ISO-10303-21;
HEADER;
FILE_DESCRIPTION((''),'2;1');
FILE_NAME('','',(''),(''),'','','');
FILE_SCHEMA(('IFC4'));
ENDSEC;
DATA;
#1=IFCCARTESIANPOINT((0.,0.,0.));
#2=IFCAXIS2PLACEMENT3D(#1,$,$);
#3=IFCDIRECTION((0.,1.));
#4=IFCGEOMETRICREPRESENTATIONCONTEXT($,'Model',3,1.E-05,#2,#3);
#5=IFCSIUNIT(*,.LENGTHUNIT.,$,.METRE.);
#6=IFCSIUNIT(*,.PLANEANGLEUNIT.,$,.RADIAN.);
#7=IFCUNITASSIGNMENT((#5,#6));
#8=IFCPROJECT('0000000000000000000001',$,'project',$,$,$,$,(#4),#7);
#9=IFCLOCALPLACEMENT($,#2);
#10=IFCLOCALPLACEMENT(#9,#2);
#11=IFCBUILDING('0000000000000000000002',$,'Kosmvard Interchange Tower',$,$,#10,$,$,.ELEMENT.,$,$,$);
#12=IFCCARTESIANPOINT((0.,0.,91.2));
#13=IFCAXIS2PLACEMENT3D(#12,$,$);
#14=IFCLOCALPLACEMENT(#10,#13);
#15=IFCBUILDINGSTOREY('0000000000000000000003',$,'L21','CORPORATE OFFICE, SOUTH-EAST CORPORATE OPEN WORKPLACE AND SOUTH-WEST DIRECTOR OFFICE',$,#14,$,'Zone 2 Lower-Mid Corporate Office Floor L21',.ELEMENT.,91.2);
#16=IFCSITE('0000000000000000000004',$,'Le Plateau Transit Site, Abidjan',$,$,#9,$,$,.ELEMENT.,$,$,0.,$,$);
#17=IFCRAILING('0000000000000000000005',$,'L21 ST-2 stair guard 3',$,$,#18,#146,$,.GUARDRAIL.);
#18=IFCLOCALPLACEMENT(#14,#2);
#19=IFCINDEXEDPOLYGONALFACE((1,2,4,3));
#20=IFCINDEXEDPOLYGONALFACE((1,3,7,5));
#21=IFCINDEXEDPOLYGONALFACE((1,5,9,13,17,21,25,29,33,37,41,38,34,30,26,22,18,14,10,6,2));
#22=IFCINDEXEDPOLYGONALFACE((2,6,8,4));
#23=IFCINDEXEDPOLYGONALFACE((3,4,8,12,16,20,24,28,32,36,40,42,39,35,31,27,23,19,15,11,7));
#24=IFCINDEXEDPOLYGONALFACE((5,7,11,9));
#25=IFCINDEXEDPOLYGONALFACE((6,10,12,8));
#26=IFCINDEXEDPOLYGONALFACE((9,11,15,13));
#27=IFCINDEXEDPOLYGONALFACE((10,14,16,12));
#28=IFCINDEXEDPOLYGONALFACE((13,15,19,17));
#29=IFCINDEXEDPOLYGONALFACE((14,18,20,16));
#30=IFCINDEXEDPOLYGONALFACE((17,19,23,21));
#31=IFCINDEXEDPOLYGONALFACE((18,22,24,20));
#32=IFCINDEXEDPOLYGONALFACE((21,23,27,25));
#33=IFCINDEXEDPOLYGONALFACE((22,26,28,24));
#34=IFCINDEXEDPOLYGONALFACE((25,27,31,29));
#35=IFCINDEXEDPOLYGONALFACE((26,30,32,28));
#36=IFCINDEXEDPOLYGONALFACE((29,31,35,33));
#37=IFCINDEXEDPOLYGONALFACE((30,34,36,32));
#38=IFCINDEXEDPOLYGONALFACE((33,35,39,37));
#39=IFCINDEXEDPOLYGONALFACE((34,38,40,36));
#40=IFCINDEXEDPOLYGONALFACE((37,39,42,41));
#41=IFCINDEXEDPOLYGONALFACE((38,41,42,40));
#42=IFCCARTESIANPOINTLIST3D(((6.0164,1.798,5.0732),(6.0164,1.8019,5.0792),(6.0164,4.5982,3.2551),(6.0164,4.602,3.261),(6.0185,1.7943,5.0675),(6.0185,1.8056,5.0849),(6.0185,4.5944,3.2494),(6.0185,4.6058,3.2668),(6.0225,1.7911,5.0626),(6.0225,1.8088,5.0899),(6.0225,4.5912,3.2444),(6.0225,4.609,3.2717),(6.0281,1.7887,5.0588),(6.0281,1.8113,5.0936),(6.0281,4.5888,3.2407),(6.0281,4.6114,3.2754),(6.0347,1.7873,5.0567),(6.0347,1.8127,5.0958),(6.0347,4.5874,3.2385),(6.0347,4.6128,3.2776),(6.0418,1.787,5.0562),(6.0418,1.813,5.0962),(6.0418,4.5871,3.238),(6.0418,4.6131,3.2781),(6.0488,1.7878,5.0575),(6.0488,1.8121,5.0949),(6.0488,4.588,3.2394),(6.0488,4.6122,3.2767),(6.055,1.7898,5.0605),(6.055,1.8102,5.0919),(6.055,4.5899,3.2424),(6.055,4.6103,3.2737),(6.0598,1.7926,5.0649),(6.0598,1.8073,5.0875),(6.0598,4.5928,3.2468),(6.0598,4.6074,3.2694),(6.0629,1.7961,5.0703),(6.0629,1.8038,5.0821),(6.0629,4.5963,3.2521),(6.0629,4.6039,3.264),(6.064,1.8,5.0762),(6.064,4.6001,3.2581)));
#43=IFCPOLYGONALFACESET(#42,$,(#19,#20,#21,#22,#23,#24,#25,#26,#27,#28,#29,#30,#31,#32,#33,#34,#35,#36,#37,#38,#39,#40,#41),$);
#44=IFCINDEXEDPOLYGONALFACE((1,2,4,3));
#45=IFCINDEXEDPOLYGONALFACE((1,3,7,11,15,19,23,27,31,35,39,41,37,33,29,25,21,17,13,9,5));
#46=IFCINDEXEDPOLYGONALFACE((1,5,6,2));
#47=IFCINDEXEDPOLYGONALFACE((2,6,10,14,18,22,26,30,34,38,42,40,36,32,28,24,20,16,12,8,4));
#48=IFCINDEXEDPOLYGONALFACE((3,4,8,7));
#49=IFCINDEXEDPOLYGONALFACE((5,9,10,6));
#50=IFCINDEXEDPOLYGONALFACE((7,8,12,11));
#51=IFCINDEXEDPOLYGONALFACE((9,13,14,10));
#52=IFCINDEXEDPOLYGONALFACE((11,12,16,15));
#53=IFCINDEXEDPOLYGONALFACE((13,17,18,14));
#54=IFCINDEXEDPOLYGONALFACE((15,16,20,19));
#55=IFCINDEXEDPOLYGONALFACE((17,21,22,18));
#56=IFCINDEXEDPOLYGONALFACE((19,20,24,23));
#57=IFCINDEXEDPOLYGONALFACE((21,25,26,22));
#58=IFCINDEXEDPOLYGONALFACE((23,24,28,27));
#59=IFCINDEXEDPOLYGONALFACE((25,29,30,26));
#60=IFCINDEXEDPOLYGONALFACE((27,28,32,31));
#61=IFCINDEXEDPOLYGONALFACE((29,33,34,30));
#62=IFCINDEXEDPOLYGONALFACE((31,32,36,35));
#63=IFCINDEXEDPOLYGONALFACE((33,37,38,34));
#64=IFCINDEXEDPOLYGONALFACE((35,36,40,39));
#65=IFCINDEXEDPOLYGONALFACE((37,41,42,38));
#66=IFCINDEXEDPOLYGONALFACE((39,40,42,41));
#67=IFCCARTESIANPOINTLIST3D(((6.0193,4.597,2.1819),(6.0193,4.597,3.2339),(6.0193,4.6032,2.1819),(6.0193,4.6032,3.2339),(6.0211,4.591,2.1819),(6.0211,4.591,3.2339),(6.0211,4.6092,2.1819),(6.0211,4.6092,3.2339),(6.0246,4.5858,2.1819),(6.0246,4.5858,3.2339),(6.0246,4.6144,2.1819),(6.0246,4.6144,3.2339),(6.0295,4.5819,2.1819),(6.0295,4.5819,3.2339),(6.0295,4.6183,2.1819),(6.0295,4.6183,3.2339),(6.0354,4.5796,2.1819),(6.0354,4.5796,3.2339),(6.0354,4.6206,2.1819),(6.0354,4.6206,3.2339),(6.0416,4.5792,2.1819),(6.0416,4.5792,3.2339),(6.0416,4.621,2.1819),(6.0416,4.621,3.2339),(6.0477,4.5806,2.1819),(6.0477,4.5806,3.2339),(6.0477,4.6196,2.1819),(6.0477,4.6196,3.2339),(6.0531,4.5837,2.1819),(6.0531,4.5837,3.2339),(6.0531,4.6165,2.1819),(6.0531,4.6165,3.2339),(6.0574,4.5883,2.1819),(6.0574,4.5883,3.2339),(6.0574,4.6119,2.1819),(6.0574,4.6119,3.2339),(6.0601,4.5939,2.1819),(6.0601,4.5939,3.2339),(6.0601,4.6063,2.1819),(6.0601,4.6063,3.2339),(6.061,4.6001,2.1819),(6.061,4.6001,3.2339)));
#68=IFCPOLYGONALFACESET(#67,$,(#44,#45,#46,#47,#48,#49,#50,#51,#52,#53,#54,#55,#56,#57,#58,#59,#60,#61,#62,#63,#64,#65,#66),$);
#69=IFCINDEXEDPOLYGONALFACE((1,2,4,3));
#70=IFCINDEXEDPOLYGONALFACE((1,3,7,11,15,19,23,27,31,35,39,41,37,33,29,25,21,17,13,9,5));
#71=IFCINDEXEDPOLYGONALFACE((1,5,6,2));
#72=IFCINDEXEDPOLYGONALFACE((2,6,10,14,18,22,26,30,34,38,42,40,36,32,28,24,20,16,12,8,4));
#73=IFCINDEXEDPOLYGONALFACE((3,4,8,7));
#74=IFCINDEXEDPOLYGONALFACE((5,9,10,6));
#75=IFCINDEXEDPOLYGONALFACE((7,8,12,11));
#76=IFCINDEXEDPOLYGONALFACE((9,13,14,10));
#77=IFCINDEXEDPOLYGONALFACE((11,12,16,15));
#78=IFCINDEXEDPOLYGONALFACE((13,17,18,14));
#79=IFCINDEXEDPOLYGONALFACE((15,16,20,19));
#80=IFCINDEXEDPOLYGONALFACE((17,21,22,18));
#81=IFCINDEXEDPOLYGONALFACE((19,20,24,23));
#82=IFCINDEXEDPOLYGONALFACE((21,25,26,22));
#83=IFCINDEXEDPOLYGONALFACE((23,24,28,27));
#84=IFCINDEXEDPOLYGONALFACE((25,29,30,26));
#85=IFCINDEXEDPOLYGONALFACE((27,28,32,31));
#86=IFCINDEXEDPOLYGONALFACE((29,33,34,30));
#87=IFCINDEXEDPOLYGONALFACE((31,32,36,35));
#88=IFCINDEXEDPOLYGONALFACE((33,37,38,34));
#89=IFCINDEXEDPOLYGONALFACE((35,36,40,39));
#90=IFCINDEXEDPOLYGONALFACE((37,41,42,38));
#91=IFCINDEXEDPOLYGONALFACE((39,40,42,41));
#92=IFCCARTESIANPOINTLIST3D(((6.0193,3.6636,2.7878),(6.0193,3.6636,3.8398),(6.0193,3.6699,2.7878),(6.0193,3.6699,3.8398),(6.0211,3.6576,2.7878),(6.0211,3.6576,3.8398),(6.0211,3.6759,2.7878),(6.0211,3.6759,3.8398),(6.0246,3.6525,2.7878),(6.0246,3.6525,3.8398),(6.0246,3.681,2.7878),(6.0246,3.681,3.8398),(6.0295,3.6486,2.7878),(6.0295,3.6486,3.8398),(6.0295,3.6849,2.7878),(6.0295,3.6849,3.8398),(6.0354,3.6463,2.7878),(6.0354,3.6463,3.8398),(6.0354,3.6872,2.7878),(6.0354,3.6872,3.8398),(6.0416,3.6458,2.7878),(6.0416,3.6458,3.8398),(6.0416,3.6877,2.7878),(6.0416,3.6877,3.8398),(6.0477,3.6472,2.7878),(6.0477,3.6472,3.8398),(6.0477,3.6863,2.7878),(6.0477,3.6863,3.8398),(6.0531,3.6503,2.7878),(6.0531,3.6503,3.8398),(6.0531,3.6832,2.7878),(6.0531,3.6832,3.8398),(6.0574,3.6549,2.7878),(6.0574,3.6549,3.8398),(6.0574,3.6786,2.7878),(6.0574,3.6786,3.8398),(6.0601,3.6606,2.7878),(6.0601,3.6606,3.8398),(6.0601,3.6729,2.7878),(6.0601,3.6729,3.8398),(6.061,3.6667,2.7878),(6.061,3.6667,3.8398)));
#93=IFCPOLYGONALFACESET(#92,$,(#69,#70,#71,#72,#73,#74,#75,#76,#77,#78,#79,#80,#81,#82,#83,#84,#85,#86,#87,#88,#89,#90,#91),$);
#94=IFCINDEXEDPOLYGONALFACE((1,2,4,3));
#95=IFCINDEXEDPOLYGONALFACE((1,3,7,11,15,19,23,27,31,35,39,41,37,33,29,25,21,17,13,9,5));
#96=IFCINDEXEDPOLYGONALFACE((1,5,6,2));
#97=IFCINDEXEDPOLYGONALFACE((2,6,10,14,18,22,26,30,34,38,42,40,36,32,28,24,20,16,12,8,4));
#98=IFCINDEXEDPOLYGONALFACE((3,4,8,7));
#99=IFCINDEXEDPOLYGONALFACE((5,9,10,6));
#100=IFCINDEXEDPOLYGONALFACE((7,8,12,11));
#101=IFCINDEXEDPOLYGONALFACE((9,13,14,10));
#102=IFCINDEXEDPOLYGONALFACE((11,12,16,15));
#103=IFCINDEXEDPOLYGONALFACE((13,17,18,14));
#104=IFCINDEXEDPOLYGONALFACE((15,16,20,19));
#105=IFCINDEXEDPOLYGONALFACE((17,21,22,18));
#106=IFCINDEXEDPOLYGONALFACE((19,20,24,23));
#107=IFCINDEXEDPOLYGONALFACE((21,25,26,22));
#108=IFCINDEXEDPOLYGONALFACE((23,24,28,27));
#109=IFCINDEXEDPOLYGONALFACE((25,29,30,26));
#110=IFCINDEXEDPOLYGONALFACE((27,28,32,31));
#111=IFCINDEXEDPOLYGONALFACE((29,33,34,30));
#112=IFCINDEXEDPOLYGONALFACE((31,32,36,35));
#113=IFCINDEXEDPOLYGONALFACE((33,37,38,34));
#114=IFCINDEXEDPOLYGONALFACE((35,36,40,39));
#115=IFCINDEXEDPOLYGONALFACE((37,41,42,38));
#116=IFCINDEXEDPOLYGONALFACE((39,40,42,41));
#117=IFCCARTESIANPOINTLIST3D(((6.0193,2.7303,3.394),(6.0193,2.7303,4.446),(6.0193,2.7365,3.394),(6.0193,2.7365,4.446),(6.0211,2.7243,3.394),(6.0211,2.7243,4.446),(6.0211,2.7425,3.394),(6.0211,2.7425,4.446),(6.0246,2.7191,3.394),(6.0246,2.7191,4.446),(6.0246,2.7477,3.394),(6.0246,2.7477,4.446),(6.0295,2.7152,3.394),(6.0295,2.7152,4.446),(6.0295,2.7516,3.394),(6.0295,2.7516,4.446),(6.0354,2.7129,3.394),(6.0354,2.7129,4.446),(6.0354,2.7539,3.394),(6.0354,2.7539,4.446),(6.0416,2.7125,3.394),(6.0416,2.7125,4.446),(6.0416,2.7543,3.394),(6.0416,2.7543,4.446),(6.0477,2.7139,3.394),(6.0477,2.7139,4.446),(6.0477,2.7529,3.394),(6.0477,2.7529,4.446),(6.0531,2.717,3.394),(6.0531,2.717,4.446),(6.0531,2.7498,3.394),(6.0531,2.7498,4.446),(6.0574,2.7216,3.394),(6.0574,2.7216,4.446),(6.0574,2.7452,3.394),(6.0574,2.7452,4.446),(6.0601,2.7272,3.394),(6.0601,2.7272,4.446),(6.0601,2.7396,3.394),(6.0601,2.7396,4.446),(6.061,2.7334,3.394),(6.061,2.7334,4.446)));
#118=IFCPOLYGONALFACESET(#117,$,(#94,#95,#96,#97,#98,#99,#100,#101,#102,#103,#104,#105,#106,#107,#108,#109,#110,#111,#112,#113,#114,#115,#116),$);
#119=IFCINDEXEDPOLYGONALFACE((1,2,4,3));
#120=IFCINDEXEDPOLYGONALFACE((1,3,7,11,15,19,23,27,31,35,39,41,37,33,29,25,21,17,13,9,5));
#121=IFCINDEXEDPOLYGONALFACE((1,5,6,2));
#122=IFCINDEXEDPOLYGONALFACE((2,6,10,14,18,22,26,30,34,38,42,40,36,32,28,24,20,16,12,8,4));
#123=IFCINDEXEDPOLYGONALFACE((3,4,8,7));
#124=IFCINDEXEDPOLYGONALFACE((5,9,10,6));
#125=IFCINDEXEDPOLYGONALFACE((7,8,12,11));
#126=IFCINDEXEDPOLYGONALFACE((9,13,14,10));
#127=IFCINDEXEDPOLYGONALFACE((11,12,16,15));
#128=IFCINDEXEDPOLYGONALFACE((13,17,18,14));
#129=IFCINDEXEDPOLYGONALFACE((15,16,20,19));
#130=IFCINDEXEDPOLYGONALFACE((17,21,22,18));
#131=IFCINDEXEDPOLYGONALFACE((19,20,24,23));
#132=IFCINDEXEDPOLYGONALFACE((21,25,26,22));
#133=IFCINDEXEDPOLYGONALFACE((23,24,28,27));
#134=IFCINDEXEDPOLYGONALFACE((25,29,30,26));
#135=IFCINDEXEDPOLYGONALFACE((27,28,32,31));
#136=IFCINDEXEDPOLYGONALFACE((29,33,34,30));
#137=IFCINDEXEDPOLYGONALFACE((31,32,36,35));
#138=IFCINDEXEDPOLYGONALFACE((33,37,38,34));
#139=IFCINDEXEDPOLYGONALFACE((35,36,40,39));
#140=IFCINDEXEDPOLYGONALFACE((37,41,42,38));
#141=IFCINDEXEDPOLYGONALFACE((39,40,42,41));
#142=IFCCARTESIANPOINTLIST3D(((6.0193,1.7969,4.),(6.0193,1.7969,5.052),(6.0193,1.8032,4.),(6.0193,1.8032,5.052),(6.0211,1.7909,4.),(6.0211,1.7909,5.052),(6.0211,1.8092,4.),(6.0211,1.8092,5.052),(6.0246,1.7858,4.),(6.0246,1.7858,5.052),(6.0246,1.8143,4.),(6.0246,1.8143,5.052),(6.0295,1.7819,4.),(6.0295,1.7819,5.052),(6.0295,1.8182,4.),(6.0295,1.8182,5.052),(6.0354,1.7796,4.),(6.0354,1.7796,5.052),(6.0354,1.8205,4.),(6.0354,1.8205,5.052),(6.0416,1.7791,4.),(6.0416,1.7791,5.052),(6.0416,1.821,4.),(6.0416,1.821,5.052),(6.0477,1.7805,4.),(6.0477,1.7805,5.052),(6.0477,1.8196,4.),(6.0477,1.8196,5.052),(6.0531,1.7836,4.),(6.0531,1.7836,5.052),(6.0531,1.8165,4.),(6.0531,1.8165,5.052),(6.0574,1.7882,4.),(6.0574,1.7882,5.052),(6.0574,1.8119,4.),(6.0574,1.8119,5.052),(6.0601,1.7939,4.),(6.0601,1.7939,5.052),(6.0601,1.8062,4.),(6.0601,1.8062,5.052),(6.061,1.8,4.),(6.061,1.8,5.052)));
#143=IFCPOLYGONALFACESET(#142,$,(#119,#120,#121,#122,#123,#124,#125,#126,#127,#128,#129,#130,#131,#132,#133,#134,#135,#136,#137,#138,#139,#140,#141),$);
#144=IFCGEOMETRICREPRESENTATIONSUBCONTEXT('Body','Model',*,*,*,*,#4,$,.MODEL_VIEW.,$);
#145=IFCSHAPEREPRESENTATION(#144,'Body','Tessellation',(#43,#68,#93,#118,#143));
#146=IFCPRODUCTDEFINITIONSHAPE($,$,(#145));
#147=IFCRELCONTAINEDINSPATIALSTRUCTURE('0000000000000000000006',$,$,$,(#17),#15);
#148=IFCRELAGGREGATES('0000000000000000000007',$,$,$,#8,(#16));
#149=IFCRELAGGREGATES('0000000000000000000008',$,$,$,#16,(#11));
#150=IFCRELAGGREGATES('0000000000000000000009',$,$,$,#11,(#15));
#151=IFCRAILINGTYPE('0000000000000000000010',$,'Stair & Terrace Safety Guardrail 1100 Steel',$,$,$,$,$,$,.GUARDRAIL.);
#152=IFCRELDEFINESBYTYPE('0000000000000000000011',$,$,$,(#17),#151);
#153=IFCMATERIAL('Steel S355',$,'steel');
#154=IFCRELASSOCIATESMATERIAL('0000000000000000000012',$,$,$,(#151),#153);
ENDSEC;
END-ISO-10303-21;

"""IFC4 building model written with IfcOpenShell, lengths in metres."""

from ifc_helpers import new_model, si_unit, direction, frame, origin, origin_2d, place, context, subcontext, project, spatial, circle, extrude, source, transform, mapped, material, type_object, element, save


model = new_model("IFC4")

# Units and contexts
model_context = context("Model", 3, precision=1e-05, world=origin(), true_north=direction((0.0, 1.0)))
body_context = subcontext(model_context, "Body", "Model", "MODEL_VIEW")
ifc_project = project(units=[si_unit("LENGTHUNIT", "METRE"), si_unit("PLANEANGLEUNIT", "RADIAN")], contexts=[model_context])

# Site, building, storey
site_placement = place(None, origin())
site = spatial("IfcSite", under=ifc_project, at=site_placement, Name="Le Plateau Transit Site, Abidjan", CompositionType="ELEMENT", RefElevation=0.0)
building_placement = place(site_placement, origin())
building = spatial("IfcBuilding", under=site, at=building_placement, Name="Kosmvard Interchange Tower", CompositionType="ELEMENT")
storey_placement = place(building_placement, frame((0.0, 0.0, 91.2)))
storey = spatial("IfcBuildingStorey", under=building, at=storey_placement, Name="L21", Description="CORPORATE OFFICE, SOUTH-EAST CORPORATE OPEN WORKPLACE AND SOUTH-WEST DIRECTOR OFFICE", LongName="Zone 2 Lower-Mid Corporate Office Floor L21", CompositionType="ELEMENT", Elevation=91.2)

# Shared definitions
ifc_material_1 = material(Name="Steel S355", Category="steel")

# Railing
railing_type_1 = type_object("IfcRailingType", Name="Stair & Terrace Safety Guardrail 1100 Steel", PredefinedType="GUARDRAIL", material=ifc_material_1)
shared_shape_1 = source(origin(), body_context, "Body", "SweptSolid", [
    extrude(circle(Radius=0.0239, at=origin_2d()), frame((0.0, 0.0, 1.0762), z_axis=(0.0, -0.838706, 0.544585), x_axis=(1.0, 0.0, 0.0)), (0.0, 0.0, 1.0), 3.3386),
    extrude(circle(Radius=0.021, at=origin_2d()), origin(), (0.0, 0.0, 1.0), 1.052),
    extrude(circle(Radius=0.021, at=origin_2d()), frame((0.0, -0.9333, 0.606)), (0.0, 0.0, 1.0), 1.052),
    extrude(circle(Radius=0.021, at=origin_2d()), frame((0.0, -1.8667, 1.2122)), (0.0, 0.0, 1.0), 1.052),
    extrude(circle(Radius=0.021, at=origin_2d()), frame((0.0, -2.8, 1.8181)), (0.0, 0.0, 1.0), 1.052),
])
railing_1_placement = place(storey_placement, frame((6.04, 4.6001, 2.1819)))
element("IfcRailing", 1, at=railing_1_placement, inside=storey, type_object=railing_type_1, Name="L21 ST-2 stair guard 3", PredefinedType="GUARDRAIL", context=body_context, shape_type="MappedRepresentation", body=[
    mapped(shared_shape_1, transform((0.0, 0.0, 0.0), scale=1.0)),
])

save(model, "model.ifc")
